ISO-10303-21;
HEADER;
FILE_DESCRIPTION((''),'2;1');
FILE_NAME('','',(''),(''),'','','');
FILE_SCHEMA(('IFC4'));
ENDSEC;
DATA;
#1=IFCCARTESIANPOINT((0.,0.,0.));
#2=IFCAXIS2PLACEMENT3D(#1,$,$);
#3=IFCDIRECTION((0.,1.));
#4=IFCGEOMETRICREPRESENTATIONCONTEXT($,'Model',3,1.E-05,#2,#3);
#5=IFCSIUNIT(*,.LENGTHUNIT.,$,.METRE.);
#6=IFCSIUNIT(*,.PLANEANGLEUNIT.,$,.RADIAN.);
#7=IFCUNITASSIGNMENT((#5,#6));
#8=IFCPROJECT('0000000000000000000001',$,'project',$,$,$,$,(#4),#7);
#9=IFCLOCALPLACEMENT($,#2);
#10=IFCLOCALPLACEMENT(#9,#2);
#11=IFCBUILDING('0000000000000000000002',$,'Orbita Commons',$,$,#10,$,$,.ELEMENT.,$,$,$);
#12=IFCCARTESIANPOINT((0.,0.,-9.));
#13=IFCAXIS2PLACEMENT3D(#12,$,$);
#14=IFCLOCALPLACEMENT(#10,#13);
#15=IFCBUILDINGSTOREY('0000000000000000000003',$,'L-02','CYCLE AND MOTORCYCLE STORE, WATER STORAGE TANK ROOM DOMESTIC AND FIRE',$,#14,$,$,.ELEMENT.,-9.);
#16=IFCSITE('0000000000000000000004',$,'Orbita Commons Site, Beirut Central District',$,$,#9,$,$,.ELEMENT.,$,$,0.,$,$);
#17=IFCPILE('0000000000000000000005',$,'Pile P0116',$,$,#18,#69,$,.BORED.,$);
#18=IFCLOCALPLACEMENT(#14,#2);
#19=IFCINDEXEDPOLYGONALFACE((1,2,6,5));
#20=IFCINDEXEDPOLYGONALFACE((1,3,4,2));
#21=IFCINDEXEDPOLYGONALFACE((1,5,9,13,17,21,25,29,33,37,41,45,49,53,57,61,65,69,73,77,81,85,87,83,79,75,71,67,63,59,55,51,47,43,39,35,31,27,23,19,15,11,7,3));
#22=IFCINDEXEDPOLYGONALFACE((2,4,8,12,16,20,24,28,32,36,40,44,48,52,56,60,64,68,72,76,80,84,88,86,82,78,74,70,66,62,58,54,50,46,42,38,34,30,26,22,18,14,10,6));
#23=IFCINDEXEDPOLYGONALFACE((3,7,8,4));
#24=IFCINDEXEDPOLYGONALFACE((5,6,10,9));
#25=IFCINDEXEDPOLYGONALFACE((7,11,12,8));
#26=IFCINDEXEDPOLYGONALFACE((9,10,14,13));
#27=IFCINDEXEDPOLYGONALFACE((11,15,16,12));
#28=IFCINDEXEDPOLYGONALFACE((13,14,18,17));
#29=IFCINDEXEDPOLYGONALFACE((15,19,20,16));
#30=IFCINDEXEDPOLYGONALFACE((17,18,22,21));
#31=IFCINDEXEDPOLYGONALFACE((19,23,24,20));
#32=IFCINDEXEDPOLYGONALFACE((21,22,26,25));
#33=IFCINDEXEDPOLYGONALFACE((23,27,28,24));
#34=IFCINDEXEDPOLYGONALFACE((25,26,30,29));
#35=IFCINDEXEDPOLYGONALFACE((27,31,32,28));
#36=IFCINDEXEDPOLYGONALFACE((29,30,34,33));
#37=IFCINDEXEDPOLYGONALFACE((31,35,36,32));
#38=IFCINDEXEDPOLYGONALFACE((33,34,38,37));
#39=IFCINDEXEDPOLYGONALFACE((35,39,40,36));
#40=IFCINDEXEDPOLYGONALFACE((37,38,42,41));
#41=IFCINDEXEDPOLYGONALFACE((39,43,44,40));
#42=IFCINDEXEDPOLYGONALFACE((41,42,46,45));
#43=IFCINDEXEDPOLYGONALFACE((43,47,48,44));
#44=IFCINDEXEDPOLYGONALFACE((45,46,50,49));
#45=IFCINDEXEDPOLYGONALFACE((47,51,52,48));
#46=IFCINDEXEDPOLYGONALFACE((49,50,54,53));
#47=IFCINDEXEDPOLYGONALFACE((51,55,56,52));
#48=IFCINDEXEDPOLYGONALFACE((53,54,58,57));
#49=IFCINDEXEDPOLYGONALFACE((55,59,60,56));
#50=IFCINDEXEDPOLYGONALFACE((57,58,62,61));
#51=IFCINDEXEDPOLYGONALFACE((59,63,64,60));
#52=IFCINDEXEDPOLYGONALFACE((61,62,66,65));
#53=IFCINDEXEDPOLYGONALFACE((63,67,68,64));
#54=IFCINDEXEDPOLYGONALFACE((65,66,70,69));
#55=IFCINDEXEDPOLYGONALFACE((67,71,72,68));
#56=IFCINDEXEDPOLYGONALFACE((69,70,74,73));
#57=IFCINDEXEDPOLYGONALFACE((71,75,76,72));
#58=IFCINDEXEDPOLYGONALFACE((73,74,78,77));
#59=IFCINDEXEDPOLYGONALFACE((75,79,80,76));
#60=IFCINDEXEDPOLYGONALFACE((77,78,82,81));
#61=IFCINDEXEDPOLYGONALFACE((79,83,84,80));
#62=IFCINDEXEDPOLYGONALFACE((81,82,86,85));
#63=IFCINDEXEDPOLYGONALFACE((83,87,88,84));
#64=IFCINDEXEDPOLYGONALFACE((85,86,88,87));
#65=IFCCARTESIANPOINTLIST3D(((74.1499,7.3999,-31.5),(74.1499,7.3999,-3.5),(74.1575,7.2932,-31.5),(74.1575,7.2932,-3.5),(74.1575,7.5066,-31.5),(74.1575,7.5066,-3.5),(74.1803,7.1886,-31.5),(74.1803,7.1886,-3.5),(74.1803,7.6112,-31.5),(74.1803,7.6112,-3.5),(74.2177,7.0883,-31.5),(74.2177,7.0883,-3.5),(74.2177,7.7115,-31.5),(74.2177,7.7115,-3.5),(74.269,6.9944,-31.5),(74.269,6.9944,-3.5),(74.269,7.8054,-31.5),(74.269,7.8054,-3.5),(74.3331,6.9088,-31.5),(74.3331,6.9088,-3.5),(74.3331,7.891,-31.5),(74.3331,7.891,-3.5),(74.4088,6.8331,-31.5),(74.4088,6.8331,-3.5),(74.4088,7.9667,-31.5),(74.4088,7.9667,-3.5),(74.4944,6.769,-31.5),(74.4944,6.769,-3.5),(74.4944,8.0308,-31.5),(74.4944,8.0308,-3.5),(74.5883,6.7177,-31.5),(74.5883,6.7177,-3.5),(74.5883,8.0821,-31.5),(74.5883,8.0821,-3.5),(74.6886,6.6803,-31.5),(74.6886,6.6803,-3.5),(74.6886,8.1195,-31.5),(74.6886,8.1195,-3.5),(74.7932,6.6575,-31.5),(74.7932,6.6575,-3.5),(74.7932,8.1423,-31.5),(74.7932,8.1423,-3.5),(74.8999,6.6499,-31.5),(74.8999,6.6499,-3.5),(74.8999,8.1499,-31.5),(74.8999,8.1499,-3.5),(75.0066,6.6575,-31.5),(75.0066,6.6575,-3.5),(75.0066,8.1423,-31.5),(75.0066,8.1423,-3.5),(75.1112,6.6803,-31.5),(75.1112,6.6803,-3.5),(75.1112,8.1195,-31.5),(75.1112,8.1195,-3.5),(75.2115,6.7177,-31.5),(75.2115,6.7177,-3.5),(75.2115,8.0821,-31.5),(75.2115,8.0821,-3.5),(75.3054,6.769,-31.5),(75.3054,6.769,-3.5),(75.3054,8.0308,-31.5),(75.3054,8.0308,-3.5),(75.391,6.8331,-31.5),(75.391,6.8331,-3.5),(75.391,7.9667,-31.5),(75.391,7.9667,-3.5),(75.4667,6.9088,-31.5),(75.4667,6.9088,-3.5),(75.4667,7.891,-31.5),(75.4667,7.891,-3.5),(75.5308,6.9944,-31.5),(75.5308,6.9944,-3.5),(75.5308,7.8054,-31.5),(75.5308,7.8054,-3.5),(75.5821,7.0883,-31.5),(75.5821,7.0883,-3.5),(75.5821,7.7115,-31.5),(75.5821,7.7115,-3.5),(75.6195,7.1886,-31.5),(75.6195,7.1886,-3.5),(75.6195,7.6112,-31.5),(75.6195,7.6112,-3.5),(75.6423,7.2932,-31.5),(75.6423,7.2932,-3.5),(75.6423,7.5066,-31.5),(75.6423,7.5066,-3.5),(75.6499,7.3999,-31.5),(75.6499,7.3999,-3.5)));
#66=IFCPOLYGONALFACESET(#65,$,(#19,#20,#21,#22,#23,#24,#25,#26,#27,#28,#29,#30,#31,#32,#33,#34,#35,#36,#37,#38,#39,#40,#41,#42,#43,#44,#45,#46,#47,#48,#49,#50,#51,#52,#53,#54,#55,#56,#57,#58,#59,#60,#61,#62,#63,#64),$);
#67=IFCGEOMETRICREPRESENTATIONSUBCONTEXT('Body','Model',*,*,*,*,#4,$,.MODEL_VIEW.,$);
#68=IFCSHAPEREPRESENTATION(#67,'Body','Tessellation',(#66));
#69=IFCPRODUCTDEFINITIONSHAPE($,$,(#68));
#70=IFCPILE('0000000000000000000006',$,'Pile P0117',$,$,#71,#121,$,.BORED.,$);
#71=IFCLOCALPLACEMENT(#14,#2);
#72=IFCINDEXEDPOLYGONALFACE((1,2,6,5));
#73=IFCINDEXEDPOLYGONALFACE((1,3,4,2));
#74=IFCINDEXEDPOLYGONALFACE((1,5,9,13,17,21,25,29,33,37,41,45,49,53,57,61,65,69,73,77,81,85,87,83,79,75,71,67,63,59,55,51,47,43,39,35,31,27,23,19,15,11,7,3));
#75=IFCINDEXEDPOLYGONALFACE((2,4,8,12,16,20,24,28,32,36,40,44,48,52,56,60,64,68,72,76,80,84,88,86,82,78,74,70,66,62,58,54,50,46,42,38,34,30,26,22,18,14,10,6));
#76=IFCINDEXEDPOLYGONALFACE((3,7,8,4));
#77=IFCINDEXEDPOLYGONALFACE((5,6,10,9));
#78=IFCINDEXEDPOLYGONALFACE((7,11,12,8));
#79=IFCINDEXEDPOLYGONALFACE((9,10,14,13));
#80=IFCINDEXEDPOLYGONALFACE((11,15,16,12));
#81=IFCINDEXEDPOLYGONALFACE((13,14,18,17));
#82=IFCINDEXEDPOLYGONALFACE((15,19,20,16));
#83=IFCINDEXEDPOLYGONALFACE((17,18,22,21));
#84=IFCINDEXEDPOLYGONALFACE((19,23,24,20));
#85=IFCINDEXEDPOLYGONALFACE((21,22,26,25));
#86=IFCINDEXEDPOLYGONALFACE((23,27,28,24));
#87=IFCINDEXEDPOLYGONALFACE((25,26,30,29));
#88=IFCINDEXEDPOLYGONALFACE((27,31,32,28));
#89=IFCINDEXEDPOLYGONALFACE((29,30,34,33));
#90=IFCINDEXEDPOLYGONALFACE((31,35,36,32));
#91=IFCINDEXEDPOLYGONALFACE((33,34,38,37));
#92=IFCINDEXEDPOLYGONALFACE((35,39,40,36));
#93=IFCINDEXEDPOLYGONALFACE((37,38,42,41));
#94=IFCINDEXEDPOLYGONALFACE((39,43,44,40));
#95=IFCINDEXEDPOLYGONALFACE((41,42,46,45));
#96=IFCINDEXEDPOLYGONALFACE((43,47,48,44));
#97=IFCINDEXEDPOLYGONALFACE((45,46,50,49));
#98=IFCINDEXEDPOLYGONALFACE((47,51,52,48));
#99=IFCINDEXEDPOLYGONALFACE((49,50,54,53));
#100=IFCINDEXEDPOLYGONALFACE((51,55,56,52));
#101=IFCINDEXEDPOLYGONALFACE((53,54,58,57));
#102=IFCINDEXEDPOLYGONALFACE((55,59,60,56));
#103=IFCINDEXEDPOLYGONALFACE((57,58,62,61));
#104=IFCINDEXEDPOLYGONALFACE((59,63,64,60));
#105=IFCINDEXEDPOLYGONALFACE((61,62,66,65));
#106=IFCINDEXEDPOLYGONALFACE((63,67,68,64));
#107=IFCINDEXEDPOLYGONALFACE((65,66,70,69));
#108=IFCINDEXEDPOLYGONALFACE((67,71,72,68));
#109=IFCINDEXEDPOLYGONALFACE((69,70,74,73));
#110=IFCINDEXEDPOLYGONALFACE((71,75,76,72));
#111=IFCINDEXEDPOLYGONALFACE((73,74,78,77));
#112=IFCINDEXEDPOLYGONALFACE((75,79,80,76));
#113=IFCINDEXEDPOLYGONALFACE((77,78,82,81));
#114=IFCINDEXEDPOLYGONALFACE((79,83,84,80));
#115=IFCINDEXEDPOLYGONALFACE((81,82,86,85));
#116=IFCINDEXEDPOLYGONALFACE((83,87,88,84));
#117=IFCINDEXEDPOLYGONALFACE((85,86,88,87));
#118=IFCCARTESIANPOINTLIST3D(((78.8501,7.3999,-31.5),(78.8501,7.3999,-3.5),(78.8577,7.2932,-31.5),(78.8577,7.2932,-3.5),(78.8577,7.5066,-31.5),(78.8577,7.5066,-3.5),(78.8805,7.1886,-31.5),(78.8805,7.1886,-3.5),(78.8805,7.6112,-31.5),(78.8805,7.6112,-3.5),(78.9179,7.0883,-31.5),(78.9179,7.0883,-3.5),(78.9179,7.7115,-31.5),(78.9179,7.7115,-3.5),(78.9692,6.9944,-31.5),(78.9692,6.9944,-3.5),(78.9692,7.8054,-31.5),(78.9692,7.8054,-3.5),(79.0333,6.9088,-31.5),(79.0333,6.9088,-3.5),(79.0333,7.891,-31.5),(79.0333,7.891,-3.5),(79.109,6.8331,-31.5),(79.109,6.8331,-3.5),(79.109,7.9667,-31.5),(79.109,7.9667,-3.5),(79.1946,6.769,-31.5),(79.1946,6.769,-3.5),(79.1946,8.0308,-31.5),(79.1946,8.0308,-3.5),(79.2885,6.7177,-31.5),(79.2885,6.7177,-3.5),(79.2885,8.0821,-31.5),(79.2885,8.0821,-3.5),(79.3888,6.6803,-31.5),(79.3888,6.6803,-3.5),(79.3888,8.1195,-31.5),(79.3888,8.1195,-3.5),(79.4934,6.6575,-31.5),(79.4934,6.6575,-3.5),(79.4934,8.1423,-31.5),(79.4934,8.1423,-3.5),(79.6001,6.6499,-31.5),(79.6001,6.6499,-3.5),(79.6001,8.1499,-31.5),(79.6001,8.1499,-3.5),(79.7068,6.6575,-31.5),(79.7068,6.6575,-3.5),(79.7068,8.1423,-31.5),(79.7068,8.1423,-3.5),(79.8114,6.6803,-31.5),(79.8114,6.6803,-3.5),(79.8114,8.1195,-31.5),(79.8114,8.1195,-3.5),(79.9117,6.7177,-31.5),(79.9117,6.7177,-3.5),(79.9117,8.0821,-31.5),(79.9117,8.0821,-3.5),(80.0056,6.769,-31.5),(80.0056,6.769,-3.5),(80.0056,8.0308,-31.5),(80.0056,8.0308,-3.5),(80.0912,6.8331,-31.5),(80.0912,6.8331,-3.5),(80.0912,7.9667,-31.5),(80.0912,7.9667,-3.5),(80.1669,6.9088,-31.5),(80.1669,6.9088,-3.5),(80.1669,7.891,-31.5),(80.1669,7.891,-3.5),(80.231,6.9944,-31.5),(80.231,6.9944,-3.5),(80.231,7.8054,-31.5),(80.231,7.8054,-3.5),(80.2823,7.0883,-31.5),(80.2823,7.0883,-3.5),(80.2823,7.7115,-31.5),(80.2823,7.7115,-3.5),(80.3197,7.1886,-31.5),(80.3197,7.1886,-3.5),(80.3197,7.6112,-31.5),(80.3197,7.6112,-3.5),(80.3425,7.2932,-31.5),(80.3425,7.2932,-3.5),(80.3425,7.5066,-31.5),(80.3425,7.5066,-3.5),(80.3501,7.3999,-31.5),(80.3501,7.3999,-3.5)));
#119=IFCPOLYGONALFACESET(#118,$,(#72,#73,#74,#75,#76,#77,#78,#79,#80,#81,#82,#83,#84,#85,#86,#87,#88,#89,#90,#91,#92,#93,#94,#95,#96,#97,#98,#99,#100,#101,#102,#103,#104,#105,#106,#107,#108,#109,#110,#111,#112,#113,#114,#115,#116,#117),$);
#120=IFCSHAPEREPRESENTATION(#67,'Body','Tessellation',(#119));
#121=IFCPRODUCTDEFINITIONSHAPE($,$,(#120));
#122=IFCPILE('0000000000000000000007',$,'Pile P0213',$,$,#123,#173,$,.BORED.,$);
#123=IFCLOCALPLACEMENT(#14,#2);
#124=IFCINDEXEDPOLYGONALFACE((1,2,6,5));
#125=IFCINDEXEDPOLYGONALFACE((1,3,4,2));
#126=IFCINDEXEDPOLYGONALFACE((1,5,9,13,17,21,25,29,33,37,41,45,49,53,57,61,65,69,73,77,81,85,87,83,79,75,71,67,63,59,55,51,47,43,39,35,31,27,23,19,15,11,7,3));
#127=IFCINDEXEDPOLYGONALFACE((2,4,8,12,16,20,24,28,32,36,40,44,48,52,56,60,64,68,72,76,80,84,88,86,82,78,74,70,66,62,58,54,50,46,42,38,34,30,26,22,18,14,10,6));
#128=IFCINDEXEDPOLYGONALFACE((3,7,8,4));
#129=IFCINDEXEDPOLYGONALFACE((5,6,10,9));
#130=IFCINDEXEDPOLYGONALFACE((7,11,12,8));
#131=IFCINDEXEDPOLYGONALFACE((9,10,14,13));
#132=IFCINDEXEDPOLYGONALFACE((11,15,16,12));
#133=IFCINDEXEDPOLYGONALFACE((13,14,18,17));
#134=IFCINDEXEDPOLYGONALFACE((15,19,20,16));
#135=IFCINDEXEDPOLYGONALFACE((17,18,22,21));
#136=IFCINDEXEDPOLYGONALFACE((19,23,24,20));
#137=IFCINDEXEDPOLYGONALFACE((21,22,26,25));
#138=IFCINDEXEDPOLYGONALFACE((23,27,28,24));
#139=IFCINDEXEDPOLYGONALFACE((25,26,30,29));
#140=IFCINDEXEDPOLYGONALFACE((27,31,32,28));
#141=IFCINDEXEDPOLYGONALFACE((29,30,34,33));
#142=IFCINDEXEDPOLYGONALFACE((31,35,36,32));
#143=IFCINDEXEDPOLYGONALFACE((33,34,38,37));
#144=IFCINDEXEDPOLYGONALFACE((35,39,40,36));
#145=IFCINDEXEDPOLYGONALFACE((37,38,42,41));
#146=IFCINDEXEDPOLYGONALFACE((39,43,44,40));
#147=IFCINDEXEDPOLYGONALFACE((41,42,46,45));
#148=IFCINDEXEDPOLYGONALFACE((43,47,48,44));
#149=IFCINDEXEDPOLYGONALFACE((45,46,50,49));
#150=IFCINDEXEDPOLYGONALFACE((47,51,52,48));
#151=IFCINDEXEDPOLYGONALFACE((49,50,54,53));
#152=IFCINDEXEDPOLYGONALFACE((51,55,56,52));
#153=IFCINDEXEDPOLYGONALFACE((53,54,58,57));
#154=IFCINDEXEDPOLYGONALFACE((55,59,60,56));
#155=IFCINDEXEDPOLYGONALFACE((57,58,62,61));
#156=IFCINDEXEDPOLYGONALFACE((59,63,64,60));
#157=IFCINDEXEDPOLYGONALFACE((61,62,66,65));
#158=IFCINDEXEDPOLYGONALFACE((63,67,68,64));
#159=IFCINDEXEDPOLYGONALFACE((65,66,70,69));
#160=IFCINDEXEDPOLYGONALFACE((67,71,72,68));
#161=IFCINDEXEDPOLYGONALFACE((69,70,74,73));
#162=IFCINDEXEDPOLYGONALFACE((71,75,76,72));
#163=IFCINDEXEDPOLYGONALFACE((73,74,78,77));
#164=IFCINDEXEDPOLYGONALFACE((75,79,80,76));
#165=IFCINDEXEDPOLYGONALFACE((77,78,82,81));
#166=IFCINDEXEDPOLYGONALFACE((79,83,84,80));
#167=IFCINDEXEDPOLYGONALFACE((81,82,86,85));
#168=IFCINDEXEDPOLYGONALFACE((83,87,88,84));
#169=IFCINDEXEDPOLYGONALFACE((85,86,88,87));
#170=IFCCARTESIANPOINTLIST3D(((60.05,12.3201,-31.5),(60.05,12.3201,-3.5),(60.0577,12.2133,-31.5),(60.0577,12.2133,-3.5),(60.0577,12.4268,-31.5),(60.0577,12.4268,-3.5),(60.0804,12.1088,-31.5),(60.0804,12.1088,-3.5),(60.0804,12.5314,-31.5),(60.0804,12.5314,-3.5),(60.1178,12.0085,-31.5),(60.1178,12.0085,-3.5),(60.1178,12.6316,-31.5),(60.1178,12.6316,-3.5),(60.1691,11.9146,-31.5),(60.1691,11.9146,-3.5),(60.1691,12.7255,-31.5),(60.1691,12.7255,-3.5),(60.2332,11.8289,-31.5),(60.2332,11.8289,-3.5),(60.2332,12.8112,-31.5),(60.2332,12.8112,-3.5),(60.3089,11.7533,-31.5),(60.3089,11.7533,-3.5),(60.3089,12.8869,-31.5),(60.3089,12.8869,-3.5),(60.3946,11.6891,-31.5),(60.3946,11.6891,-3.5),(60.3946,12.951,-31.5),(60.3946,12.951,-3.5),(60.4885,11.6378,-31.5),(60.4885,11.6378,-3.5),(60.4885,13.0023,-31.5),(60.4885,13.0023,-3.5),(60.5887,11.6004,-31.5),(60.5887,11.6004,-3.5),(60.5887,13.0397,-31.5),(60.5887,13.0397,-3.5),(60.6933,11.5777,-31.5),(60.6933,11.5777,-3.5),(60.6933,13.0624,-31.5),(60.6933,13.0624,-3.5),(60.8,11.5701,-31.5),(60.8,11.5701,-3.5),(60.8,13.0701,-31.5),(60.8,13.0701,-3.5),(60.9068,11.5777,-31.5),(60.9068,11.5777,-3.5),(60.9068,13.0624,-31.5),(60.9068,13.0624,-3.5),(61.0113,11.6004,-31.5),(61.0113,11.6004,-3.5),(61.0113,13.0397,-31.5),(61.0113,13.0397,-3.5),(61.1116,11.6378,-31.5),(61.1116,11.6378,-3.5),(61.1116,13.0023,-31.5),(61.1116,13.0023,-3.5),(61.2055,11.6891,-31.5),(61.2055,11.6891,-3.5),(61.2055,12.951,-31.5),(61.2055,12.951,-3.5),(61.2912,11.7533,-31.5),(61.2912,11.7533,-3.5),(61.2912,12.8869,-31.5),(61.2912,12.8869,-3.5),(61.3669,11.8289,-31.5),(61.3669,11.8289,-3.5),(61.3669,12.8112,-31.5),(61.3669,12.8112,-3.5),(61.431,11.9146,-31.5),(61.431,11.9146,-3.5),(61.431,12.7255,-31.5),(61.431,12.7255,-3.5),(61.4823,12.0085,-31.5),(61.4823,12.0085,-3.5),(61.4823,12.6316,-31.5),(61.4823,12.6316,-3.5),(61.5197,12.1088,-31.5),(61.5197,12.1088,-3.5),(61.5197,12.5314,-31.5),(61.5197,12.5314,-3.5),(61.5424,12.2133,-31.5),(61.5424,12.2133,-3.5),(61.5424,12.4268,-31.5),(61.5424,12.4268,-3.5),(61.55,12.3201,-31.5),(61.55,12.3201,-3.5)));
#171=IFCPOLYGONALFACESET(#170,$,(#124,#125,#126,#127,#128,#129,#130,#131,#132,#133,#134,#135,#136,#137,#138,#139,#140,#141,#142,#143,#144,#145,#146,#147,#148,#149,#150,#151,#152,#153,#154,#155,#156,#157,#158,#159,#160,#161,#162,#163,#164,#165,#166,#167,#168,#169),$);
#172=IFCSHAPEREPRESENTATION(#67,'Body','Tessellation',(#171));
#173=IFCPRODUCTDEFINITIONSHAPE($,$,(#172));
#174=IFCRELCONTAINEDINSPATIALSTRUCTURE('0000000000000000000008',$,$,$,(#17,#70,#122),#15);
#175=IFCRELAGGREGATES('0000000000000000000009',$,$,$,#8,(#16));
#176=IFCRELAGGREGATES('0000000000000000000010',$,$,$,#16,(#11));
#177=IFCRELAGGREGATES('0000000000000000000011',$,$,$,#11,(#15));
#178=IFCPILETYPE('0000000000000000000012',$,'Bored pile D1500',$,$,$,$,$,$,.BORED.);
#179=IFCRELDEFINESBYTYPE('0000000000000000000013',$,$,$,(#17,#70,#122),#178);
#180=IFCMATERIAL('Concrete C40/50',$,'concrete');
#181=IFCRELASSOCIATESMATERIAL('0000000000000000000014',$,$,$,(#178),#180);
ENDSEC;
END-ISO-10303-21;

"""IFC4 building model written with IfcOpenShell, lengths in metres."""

from ifc_helpers import new_model, si_unit, direction, frame, origin, origin_2d, place, context, subcontext, project, spatial, circle, extrude, material, material_profile, profile_set, type_object, element, save


model = new_model("IFC4")

# Units and contexts
model_context = context("Model", 3, precision=1e-05, world=origin(), true_north=direction((0.0, 1.0)))
body_context = subcontext(model_context, "Body", "Model", "MODEL_VIEW")
ifc_project = project(units=[si_unit("LENGTHUNIT", "METRE"), si_unit("PLANEANGLEUNIT", "RADIAN")], contexts=[model_context])

# Site, building, storey
site_placement = place(None, origin())
site = spatial("IfcSite", under=ifc_project, at=site_placement, Name="Orbita Commons Site, Beirut Central District", CompositionType="ELEMENT", RefElevation=0.0)
building_placement = place(site_placement, origin())
building = spatial("IfcBuilding", under=site, at=building_placement, Name="Orbita Commons", CompositionType="ELEMENT")
storey_placement = place(building_placement, frame((0.0, 0.0, -9.0)))
storey = spatial("IfcBuildingStorey", under=building, at=storey_placement, Name="L-02", Description="CYCLE AND MOTORCYCLE STORE, WATER STORAGE TANK ROOM DOMESTIC AND FIRE", CompositionType="ELEMENT", Elevation=-9.0)

# Piles
ifc_material_1 = material(Name="Concrete C40/50", Category="concrete")
ifc_material_profile_1 = material_profile(ifc_material_1, circle(Radius=0.75, at=origin_2d()), Name="RC D1500")
ifc_profile_set_1 = profile_set([ifc_material_profile_1], Name="Concrete C40/50")
pile_type = type_object("IfcPileType", Name="Bored pile D1500", PredefinedType="BORED", material=ifc_profile_set_1)
for number, where, z_axis, x_axis, name in (
    (1, (74.8999, 7.3999, -3.5), (0.0, 0.0, -1.0), (1.0, 0.0, 0.0), "Pile P0116"),
    (2, (79.6001, 7.3999, -3.5), (0.0, 0.0, -1.0), (1.0, 0.0, 0.0), "Pile P0117"),
    (3, (60.8, 12.3201, -3.5), (0.0, 0.0, -1.0), (1.0, 0.0, 0.0), "Pile P0213"),
):
    element("IfcPile", number, at=place(storey_placement, frame(where, z_axis=z_axis, x_axis=x_axis)), inside=storey, type_object=pile_type, Name=name, PredefinedType="BORED", context=body_context, shape_type="SweptSolid", body=[
        extrude(circle(Radius=0.75, at=origin_2d()), origin(), (0.0, 0.0, 1.0), 28.0),
    ])

save(model, "model.ifc")
